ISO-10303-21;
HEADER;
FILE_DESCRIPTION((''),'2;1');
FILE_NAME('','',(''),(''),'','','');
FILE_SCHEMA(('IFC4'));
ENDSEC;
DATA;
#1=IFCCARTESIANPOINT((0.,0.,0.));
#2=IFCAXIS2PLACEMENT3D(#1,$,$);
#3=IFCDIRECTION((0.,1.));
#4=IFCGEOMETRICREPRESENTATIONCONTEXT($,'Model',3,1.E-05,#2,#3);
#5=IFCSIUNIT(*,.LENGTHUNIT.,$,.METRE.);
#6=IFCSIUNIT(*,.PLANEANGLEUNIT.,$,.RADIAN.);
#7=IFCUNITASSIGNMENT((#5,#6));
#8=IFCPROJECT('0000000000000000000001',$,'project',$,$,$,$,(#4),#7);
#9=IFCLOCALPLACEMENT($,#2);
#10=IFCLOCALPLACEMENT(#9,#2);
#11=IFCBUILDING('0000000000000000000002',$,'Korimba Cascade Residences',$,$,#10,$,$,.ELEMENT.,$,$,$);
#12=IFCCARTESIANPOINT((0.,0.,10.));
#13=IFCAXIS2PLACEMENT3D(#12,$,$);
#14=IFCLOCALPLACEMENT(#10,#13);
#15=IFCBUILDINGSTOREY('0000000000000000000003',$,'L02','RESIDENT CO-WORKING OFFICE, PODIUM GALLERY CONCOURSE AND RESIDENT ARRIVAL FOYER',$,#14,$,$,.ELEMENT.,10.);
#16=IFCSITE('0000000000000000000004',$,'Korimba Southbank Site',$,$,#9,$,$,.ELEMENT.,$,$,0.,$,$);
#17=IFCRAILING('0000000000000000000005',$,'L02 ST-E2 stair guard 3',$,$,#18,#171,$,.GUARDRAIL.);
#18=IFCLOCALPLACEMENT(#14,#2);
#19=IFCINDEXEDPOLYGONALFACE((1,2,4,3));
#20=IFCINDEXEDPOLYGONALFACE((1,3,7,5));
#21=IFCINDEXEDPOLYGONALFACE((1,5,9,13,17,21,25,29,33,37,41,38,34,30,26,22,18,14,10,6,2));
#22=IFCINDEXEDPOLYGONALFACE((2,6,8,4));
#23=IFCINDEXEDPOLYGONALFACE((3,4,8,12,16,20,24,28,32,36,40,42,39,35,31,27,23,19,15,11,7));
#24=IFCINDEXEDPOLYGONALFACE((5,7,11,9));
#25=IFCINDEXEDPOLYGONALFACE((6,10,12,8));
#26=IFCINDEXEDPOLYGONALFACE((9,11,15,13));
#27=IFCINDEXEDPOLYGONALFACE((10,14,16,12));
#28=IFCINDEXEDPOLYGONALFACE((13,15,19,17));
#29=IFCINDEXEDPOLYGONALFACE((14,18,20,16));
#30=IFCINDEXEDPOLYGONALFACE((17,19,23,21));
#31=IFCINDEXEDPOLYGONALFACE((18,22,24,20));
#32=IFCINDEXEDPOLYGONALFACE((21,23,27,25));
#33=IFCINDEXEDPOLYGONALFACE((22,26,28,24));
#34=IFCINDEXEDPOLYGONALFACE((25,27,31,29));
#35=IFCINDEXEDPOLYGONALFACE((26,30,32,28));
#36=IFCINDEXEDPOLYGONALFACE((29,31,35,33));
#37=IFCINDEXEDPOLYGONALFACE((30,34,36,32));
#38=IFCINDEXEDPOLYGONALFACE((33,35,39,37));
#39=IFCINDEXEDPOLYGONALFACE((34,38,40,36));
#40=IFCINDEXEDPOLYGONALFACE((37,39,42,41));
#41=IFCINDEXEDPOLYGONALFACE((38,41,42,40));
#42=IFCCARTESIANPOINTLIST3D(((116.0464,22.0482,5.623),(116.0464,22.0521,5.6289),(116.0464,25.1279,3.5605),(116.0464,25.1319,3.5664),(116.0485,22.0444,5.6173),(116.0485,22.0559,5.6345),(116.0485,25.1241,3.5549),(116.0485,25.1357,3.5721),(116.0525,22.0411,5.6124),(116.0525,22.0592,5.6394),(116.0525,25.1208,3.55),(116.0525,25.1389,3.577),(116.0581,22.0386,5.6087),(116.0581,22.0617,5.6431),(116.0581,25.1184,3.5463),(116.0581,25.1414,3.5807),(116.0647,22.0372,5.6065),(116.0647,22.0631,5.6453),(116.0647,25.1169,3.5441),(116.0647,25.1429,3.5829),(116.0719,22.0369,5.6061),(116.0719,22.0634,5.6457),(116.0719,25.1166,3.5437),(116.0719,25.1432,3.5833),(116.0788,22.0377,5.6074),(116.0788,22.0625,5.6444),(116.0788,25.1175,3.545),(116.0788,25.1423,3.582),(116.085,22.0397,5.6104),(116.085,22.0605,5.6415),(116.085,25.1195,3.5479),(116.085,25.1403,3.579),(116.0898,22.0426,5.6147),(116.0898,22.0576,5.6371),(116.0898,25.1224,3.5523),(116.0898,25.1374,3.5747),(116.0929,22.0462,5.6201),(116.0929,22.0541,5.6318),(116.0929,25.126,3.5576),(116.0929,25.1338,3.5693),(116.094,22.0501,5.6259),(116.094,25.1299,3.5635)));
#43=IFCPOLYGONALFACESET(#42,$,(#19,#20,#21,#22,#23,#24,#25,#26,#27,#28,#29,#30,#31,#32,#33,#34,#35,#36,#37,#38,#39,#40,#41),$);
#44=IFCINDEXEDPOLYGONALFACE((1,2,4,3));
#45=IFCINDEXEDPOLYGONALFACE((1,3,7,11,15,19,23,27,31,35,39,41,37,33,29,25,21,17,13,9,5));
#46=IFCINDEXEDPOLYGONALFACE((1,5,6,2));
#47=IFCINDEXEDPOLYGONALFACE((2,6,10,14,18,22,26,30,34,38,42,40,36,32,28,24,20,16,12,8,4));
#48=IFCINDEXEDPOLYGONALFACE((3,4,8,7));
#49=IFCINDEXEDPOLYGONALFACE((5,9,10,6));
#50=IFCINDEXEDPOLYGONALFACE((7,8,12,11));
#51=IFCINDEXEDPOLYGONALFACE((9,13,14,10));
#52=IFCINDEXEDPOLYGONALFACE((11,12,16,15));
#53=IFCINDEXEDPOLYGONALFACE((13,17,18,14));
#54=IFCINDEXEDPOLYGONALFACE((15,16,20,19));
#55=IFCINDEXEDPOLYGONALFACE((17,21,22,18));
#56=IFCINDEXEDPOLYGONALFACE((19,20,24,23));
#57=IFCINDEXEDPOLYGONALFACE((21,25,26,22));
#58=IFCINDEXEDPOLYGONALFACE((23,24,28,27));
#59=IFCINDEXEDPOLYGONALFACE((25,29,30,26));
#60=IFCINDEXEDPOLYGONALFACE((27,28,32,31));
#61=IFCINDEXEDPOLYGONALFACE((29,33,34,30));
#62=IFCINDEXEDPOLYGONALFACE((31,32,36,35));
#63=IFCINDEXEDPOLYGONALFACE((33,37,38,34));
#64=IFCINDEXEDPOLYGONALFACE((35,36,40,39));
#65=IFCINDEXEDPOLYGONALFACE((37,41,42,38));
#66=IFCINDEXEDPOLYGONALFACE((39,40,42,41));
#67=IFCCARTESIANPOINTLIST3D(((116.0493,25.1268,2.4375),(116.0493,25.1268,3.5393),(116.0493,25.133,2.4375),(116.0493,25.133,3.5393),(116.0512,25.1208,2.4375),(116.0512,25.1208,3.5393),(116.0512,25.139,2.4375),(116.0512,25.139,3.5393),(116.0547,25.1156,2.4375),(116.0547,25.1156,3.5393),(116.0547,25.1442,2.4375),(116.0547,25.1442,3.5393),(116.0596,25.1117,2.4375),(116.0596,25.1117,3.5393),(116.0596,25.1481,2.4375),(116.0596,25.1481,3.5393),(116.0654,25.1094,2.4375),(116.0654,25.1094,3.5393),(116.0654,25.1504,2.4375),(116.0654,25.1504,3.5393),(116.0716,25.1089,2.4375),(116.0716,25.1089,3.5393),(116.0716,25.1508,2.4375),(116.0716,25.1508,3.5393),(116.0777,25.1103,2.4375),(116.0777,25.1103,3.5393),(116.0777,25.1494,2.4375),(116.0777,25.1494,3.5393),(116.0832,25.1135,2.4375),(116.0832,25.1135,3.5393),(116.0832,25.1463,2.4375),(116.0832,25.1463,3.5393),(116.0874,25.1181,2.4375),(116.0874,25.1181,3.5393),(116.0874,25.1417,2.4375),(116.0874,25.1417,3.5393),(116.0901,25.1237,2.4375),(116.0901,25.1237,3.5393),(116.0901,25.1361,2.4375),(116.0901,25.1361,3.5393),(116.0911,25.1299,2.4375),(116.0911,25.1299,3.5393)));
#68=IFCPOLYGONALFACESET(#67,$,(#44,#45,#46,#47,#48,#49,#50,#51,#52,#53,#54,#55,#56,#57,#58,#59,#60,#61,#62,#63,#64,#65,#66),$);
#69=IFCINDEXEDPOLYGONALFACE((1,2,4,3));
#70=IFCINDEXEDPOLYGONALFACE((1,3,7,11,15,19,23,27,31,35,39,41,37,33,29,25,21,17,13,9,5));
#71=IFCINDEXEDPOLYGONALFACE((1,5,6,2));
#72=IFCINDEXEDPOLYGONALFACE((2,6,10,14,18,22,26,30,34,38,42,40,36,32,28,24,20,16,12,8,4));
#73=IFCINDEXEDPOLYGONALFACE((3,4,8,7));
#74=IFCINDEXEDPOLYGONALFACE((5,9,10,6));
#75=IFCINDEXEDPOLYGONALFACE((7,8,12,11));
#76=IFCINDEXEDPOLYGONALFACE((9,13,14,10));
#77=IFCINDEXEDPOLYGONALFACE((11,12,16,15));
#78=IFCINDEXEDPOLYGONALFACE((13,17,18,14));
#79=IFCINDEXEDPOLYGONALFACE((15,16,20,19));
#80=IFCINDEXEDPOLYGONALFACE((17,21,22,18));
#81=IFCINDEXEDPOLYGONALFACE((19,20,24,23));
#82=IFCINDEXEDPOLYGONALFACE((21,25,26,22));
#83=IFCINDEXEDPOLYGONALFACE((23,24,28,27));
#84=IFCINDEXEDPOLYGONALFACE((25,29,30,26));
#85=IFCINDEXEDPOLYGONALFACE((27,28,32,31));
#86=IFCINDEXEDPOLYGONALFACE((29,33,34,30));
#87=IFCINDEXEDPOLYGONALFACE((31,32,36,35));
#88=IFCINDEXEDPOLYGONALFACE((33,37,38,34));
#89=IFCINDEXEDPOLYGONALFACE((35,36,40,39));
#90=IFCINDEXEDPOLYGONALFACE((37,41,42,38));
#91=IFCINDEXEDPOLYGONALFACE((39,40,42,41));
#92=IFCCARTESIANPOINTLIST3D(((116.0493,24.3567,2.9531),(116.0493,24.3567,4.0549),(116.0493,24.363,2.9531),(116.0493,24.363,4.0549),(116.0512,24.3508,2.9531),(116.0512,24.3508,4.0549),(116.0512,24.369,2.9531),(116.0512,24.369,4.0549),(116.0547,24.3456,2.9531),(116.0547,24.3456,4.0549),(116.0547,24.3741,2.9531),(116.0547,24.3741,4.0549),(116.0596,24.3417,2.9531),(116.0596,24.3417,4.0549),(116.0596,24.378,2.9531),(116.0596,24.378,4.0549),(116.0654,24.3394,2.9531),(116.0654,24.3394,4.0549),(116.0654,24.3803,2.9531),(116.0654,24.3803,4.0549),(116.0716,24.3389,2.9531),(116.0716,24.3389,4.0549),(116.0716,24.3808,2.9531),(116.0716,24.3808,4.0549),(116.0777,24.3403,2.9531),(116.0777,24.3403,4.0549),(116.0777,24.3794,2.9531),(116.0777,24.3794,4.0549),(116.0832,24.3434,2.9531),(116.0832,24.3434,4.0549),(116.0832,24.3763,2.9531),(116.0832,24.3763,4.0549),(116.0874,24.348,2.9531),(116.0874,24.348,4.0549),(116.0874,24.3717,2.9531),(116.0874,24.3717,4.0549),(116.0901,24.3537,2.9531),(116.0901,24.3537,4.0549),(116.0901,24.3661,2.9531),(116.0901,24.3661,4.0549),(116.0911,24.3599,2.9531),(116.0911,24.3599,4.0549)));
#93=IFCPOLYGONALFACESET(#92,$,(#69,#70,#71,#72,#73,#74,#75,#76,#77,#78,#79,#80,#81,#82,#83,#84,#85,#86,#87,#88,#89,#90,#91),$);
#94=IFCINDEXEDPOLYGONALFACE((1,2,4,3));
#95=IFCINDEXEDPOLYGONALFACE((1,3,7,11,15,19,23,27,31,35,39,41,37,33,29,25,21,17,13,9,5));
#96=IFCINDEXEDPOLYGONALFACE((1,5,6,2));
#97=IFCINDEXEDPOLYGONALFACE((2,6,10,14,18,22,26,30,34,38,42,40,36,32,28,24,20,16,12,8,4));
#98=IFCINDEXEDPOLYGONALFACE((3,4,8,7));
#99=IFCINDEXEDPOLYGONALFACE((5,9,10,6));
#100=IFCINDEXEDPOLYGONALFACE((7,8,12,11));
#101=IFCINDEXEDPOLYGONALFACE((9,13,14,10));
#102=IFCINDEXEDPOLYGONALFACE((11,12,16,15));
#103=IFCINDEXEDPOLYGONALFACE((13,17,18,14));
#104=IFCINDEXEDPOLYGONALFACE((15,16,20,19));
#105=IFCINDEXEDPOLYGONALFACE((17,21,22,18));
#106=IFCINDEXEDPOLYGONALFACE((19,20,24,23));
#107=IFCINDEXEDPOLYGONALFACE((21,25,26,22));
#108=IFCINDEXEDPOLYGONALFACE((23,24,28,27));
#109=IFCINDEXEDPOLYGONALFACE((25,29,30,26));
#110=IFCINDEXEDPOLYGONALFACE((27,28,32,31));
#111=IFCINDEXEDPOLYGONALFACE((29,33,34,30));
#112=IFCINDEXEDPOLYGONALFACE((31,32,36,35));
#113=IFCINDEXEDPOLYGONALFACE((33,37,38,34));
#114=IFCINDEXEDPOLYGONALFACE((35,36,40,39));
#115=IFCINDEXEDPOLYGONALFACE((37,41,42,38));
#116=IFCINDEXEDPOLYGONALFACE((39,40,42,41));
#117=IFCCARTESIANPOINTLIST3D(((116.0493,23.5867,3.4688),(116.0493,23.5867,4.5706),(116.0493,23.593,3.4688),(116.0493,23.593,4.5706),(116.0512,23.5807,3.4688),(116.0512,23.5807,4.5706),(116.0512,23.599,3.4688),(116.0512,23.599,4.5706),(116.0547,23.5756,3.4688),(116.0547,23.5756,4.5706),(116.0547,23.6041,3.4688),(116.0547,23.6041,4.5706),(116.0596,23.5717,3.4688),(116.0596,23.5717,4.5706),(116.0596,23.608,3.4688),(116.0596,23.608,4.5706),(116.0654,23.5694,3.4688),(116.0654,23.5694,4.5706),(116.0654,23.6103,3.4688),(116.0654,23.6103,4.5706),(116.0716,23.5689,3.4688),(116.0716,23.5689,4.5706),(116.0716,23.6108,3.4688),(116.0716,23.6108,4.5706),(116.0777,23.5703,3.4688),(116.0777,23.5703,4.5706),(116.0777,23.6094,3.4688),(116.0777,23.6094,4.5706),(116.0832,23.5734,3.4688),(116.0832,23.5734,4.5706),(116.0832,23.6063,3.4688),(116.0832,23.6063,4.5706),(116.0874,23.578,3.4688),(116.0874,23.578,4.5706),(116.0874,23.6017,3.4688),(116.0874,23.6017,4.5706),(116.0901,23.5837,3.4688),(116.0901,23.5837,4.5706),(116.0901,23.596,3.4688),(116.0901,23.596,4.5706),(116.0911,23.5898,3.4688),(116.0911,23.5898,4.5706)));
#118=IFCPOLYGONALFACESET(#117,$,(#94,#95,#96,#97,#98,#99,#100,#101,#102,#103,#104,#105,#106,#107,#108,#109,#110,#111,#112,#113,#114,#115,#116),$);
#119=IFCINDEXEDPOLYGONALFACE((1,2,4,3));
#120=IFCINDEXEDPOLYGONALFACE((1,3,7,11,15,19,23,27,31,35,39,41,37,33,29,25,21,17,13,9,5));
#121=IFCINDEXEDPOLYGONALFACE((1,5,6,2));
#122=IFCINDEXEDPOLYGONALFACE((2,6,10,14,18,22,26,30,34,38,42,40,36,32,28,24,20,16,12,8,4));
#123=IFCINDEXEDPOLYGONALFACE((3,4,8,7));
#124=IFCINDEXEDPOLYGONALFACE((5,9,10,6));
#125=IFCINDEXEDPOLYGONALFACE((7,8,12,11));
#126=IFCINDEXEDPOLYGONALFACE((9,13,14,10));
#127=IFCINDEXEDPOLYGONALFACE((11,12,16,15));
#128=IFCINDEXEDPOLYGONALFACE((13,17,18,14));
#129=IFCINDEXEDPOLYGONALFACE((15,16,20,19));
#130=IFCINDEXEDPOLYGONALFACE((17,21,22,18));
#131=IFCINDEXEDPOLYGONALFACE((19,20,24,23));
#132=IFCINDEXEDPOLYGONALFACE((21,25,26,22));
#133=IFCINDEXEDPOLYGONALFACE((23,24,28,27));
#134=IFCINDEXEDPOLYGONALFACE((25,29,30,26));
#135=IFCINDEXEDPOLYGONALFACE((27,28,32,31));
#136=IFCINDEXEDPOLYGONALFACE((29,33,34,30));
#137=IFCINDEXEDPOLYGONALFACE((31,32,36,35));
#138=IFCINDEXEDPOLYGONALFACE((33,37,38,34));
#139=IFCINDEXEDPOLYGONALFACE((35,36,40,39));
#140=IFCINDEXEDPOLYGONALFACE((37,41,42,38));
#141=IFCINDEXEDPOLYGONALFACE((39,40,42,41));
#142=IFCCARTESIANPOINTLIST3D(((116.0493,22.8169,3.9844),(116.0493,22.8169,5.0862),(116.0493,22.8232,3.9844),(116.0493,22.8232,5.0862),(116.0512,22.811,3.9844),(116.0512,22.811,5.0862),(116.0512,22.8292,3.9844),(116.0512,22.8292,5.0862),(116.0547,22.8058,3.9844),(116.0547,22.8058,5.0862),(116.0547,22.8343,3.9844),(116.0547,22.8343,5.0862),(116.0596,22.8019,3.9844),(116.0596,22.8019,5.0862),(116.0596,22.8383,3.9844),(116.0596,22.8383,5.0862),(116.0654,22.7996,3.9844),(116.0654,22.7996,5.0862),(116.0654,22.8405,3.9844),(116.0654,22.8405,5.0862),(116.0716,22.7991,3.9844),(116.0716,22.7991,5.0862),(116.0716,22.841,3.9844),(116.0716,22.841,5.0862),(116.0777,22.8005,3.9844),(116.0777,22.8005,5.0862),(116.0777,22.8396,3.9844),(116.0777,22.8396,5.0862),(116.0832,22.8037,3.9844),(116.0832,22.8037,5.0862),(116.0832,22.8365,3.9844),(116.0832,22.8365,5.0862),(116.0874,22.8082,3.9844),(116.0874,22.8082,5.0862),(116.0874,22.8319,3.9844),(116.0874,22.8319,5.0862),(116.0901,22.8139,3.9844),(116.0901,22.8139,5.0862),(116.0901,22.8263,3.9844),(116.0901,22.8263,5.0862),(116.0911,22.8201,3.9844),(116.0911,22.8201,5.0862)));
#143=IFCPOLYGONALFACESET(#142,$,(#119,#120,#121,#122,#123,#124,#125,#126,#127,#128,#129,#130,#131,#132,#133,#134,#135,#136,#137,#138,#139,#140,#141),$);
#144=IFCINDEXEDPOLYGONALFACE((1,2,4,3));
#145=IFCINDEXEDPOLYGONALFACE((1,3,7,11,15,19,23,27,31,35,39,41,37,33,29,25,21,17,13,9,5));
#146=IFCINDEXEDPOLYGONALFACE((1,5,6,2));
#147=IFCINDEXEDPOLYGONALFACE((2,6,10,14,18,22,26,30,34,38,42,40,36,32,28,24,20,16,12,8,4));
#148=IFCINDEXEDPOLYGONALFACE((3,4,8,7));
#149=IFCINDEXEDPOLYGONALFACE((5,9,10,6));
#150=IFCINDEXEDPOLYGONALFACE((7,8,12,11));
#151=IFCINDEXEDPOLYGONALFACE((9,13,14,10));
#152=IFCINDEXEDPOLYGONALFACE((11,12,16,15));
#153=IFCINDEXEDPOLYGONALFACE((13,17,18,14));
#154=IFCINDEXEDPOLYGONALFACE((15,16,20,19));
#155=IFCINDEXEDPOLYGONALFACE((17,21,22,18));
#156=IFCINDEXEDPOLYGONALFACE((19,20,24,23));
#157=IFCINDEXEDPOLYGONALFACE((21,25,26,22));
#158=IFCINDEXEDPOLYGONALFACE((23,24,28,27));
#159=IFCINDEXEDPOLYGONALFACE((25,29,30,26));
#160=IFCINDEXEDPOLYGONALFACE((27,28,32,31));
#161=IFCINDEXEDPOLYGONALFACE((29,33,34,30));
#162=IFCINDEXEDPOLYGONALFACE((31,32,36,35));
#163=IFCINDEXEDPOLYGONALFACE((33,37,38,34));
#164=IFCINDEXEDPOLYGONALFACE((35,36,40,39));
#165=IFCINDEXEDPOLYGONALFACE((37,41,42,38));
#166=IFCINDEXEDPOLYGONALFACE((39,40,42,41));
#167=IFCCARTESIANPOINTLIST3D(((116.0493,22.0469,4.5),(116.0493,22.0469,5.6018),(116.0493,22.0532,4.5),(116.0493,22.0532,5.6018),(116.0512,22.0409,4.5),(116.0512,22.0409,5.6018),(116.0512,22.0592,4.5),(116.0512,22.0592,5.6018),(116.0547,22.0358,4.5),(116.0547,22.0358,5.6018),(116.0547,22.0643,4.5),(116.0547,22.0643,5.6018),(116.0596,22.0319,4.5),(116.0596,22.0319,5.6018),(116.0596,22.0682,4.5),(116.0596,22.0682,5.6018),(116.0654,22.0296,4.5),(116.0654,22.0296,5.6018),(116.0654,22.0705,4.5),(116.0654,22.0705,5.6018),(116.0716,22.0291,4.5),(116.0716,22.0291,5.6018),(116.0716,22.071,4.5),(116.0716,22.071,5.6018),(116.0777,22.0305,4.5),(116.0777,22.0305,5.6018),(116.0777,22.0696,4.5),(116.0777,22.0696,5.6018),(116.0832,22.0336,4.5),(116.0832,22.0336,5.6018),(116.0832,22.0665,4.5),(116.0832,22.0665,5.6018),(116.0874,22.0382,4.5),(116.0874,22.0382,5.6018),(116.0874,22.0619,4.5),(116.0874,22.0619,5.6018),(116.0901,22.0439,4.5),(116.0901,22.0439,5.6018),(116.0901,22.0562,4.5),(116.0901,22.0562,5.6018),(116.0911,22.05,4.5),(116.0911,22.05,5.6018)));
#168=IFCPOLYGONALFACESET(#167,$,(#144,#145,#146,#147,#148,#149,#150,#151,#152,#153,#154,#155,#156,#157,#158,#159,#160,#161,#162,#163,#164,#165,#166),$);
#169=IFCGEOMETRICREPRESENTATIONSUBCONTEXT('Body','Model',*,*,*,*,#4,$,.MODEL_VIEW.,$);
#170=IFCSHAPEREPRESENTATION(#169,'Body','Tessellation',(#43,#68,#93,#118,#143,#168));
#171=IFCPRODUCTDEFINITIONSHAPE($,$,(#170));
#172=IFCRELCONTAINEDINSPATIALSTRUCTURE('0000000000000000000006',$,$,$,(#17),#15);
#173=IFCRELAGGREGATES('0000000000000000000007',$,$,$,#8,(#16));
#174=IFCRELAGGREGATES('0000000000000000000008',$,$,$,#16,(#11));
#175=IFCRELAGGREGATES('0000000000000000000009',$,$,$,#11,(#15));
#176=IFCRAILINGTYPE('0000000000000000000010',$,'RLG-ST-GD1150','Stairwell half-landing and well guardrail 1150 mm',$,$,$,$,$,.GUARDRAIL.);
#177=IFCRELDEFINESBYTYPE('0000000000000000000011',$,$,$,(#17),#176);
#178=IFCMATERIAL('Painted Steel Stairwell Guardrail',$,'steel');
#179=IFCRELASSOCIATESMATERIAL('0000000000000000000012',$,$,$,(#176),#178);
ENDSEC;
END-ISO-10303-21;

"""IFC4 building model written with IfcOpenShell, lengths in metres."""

from ifc_helpers import new_model, si_unit, direction, frame, origin, origin_2d, place, context, subcontext, project, spatial, circle, extrude, material, type_object, element, save


model = new_model("IFC4")

# Units and contexts
model_context = context("Model", 3, precision=1e-05, world=origin(), true_north=direction((0.0, 1.0)))
body_context = subcontext(model_context, "Body", "Model", "MODEL_VIEW")
ifc_project = project(units=[si_unit("LENGTHUNIT", "METRE"), si_unit("PLANEANGLEUNIT", "RADIAN")], contexts=[model_context])

# Site, building, storey
site_placement = place(None, origin())
site = spatial("IfcSite", under=ifc_project, at=site_placement, Name="Korimba Southbank Site", CompositionType="ELEMENT", RefElevation=0.0)
building_placement = place(site_placement, origin())
building = spatial("IfcBuilding", under=site, at=building_placement, Name="Korimba Cascade Residences", CompositionType="ELEMENT")
storey_placement = place(building_placement, frame((0.0, 0.0, 10.0)))
storey = spatial("IfcBuildingStorey", under=building, at=storey_placement, Name="L02", Description="RESIDENT CO-WORKING OFFICE, PODIUM GALLERY CONCOURSE AND RESIDENT ARRIVAL FOYER", CompositionType="ELEMENT", Elevation=10.0)

# Railing
ifc_material_1 = material(Name="Painted Steel Stairwell Guardrail", Category="steel")
railing_type_1 = type_object("IfcRailingType", Name="RLG-ST-GD1150", Description="Stairwell half-landing and well guardrail 1150 mm", PredefinedType="GUARDRAIL", material=ifc_material_1)
railing_1_placement = place(storey_placement, frame((116.0701, 25.1299, 2.4375)))
element("IfcRailing", 1, at=railing_1_placement, inside=storey, type_object=railing_type_1, Name="L02 ST-E2 stair guard 3", PredefinedType="GUARDRAIL", context=body_context, shape_type="SweptSolid", body=[
    extrude(circle(Radius=0.0239, at=origin_2d()), frame((0.0, 0.0, 1.126), z_axis=(0.0, -0.830893, 0.556432), x_axis=(1.0, 0.0, 0.0)), (0.0, 0.0, 1.0), 3.7065),
    extrude(circle(Radius=0.021, at=origin_2d()), origin(), (0.0, 0.0, 1.0), 1.1018),
    extrude(circle(Radius=0.021, at=origin_2d()), frame((0.0, -0.77, 0.5156)), (0.0, 0.0, 1.0), 1.1018),
    extrude(circle(Radius=0.021, at=origin_2d()), frame((0.0, -1.54, 1.0312)), (0.0, 0.0, 1.0), 1.1018),
    extrude(circle(Radius=0.021, at=origin_2d()), frame((0.0, -2.3098, 1.5469)), (0.0, 0.0, 1.0), 1.1018),
    extrude(circle(Radius=0.021, at=origin_2d()), frame((0.0, -3.0798, 2.0625)), (0.0, 0.0, 1.0), 1.1018),
])

save(model, "model.ifc")
